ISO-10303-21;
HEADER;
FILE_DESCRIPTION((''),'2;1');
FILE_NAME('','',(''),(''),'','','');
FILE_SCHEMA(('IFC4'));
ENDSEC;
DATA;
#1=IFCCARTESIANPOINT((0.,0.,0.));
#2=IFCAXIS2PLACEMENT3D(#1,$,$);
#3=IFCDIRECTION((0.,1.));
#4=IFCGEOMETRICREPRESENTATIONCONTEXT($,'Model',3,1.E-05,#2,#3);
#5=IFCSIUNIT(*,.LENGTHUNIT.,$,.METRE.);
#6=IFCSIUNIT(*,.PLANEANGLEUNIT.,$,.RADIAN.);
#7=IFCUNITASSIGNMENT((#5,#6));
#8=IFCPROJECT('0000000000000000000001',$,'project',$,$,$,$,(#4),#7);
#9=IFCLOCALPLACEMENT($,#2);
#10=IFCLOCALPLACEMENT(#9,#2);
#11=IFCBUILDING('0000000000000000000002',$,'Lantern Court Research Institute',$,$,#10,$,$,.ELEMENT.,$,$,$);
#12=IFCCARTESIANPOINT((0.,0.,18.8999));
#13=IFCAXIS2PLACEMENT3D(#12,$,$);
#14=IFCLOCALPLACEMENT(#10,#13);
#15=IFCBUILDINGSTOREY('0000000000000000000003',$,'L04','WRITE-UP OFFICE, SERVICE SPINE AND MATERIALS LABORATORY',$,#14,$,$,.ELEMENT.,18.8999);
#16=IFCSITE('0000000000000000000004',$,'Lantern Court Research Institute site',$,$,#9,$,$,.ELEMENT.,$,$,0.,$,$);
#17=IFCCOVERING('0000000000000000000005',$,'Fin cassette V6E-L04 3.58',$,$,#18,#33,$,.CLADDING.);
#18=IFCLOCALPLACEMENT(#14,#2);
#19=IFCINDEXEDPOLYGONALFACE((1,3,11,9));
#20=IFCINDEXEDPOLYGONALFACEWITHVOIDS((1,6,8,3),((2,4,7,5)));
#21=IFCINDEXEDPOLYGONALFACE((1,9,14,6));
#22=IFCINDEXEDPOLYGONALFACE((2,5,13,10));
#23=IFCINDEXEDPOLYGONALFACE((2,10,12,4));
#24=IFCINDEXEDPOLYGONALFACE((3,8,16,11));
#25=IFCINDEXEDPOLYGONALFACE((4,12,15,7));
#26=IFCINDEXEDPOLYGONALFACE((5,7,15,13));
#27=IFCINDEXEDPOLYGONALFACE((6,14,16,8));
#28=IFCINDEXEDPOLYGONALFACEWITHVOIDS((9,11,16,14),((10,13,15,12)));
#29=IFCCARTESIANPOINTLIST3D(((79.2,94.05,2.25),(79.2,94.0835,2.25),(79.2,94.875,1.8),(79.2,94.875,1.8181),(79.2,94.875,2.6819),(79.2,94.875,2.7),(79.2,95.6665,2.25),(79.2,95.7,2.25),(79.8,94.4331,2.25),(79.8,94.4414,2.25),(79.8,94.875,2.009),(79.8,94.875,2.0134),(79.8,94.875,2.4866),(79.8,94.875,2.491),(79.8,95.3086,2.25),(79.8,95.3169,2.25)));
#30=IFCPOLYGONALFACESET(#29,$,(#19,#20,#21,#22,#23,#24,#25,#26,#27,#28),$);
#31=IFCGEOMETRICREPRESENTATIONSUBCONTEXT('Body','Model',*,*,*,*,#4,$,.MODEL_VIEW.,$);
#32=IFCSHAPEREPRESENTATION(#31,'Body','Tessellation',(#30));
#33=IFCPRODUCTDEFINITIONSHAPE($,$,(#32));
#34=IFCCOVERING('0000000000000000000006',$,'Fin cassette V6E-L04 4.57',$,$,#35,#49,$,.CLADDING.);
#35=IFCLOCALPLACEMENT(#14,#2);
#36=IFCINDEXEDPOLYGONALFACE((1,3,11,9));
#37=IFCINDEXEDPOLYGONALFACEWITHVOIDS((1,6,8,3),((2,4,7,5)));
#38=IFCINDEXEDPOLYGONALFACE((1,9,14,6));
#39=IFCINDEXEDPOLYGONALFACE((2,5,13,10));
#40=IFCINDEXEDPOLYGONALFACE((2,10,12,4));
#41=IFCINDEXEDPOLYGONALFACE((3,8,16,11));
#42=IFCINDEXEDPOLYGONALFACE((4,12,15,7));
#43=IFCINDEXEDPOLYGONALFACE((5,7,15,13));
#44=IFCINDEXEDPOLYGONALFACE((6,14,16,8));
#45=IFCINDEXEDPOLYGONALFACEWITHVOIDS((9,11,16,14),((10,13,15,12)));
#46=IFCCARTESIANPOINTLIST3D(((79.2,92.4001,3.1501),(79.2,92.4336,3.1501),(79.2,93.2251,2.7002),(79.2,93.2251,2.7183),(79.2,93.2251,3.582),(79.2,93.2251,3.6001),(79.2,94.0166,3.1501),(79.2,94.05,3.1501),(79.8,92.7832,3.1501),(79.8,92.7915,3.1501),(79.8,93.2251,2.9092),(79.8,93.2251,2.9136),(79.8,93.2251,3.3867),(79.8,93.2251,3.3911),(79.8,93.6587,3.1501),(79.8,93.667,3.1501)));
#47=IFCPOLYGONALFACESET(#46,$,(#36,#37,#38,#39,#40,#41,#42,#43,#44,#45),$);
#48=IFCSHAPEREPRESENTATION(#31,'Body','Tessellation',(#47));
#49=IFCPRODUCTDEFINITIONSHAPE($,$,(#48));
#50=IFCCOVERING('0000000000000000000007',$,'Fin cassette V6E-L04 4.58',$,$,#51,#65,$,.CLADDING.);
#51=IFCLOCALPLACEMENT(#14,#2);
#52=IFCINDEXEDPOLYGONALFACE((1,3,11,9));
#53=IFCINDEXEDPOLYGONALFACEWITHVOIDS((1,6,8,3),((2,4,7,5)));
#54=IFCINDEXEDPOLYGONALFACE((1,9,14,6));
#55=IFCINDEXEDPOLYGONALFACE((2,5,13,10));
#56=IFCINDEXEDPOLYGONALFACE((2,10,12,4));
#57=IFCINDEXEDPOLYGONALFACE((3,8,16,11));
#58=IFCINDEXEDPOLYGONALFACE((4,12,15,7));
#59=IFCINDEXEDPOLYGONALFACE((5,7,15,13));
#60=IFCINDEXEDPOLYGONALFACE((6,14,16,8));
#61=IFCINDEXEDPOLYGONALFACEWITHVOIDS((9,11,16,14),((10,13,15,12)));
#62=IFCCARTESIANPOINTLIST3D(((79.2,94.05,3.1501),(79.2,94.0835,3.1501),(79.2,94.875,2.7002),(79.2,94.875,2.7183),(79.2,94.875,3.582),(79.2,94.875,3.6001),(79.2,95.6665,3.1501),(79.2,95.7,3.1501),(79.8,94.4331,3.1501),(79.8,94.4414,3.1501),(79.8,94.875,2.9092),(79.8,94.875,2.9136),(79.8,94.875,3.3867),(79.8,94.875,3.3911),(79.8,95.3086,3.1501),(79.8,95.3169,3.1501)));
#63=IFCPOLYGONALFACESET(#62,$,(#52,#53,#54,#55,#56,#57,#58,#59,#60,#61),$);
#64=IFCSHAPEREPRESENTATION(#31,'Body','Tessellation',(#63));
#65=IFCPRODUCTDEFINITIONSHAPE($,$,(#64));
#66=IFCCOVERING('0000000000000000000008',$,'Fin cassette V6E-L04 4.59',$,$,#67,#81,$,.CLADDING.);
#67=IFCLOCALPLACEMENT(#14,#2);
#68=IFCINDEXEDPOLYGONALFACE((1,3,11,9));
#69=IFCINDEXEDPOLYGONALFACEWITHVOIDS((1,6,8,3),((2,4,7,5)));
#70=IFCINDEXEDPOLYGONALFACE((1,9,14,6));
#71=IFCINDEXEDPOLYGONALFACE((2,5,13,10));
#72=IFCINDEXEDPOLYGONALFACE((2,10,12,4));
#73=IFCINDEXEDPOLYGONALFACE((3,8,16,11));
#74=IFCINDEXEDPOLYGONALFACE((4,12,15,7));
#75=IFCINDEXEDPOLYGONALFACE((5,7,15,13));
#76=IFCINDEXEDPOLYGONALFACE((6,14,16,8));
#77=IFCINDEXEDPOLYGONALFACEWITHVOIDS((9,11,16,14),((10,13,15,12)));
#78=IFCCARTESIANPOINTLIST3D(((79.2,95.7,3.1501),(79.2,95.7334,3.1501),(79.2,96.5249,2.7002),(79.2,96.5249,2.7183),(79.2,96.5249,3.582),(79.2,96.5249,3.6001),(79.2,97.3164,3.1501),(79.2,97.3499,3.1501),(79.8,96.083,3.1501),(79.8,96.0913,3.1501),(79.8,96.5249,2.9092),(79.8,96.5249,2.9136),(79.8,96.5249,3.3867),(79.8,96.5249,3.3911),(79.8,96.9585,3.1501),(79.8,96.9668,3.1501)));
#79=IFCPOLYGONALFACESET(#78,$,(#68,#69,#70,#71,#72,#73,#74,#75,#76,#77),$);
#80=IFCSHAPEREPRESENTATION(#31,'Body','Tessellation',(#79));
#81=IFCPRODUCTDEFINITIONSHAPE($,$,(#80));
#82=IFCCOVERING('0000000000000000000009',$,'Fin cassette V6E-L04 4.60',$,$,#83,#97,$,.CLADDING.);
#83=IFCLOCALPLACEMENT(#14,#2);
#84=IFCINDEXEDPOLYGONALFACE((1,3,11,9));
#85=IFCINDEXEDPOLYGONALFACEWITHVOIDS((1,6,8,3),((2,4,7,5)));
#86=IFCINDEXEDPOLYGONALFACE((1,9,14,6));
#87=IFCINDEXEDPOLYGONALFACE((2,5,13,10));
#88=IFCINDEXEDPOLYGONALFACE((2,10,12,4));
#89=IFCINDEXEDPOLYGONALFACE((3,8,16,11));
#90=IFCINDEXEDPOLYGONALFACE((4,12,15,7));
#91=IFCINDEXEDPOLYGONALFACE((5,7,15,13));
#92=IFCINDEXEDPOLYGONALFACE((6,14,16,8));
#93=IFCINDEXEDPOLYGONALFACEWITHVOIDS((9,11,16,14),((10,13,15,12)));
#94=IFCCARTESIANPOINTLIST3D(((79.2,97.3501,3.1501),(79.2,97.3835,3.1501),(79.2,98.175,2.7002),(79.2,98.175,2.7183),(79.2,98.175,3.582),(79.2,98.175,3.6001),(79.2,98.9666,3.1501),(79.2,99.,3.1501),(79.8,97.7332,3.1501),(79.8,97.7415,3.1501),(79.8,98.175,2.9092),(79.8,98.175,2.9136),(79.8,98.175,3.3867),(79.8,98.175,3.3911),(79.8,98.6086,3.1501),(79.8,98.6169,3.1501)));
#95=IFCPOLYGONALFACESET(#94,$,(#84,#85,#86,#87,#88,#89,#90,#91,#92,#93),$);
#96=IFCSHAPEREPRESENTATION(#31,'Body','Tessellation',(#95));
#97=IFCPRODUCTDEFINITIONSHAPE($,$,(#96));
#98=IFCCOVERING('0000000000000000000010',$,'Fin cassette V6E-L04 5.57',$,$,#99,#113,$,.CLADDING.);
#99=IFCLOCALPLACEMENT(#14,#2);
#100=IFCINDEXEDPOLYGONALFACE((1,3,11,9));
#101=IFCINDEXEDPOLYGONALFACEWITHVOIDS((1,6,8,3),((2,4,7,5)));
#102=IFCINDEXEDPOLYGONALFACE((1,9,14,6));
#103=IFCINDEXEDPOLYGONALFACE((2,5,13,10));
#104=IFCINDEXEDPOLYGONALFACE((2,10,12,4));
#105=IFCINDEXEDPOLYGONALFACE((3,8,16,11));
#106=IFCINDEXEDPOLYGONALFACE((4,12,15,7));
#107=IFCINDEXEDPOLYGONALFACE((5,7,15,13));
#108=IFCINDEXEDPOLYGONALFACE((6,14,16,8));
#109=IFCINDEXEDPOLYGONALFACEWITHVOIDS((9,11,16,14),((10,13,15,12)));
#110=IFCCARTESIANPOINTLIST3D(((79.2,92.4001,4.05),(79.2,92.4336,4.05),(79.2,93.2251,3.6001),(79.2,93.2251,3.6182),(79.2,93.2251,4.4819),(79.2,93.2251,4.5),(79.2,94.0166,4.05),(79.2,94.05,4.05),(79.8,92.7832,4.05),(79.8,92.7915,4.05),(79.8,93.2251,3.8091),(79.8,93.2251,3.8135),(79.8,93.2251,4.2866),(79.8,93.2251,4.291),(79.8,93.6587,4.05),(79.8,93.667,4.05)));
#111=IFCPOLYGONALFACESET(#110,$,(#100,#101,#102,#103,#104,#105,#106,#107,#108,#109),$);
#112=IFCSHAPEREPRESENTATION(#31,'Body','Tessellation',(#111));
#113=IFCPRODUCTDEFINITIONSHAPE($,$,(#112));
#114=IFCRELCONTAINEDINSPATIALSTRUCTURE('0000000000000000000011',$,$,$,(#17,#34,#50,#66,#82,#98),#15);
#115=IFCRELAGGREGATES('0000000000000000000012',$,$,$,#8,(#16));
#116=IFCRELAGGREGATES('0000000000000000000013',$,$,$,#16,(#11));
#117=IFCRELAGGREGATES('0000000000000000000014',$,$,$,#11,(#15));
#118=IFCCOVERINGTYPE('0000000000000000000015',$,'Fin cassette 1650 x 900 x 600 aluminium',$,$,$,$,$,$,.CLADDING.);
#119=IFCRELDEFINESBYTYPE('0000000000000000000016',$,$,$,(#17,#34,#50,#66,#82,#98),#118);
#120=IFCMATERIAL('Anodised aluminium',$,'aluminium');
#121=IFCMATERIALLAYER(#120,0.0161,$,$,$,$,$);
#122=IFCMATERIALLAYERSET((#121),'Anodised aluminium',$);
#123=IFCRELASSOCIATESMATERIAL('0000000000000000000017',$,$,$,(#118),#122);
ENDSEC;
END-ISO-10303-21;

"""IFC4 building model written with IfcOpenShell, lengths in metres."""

from ifc_helpers import new_model, entity, si_unit, direction, frame, origin, place, context, subcontext, project, spatial, material, layer, layer_set, type_object, element, save


model = new_model("IFC4")

# Units and contexts
model_context = context("Model", 3, precision=1e-05, world=origin(), true_north=direction((0.0, 1.0)))
body_context = subcontext(model_context, "Body", "Model", "MODEL_VIEW")
ifc_project = project(units=[si_unit("LENGTHUNIT", "METRE"), si_unit("PLANEANGLEUNIT", "RADIAN")], contexts=[model_context])

# Site, building, storey
site_placement = place(None, origin())
site = spatial("IfcSite", under=ifc_project, at=site_placement, Name="Lantern Court Research Institute site", CompositionType="ELEMENT", RefElevation=0.0)
building_placement = place(site_placement, origin())
building = spatial("IfcBuilding", under=site, at=building_placement, Name="Lantern Court Research Institute", CompositionType="ELEMENT")
storey_placement = place(building_placement, frame((0.0, 0.0, 18.8999)))
storey = spatial("IfcBuildingStorey", under=building, at=storey_placement, Name="L04", Description="WRITE-UP OFFICE, SERVICE SPINE AND MATERIALS LABORATORY", CompositionType="ELEMENT", Elevation=18.8999)

# Coverings
ifc_material_1 = material(Name="Anodised aluminium", Category="aluminium")
ifc_layer_1 = layer(ifc_material_1, 0.0161)
ifc_layer_set_1 = layer_set([ifc_layer_1], Name="Anodised aluminium")
covering_type = type_object("IfcCoveringType", Name="Fin cassette 1650 x 900 x 600 aluminium", PredefinedType="CLADDING", material=ifc_layer_set_1)
covering_1_placement = place(storey_placement, frame((79.2, 94.875, 2.25), z_axis=(1.0, 0.0, 0.0), x_axis=(0.0, 1.0, 0.0)))
cartesian_point_1 = entity("IfcCartesianPoint", [0.825, 0.0])
cartesian_point_2 = entity("IfcCartesianPoint", [0.7915, 0.0])
cartesian_point_3 = entity("IfcCartesianPoint", [0.4419, 0.0])
cartesian_point_4 = entity("IfcCartesianPoint", [0.4336, 0.0])
element("IfcCovering", 1, at=covering_1_placement, inside=storey, type_object=covering_type, Name="Fin cassette V6E-L04 3.58", PredefinedType="CLADDING", context=body_context, shape_type="SweptSolid", body=[
    entity("IfcExtrudedAreaSolidTapered", entity("IfcArbitraryProfileDefWithVoids", "AREA", None, entity("IfcPolyline", [cartesian_point_1, entity("IfcCartesianPoint", [0.0, 0.45]), entity("IfcCartesianPoint", [-0.825, 0.0]), entity("IfcCartesianPoint", [0.0, -0.45]), cartesian_point_1]), [entity("IfcPolyline", [cartesian_point_2, entity("IfcCartesianPoint", [0.0, 0.4319]), entity("IfcCartesianPoint", [-0.7915, 0.0]), entity("IfcCartesianPoint", [0.0, -0.4319]), cartesian_point_2])]), entity("IfcAxis2Placement3D", entity("IfcCartesianPoint", [0.0, 0.0, 0.0])), entity("IfcDirection", [0.0, 0.0, 1.0]), 0.6001, entity("IfcArbitraryProfileDefWithVoids", "AREA", None, entity("IfcPolyline", [cartesian_point_3, entity("IfcCartesianPoint", [0.0, 0.241]), entity("IfcCartesianPoint", [-0.4419, 0.0]), entity("IfcCartesianPoint", [0.0, -0.241]), cartesian_point_3]), [entity("IfcPolyline", [cartesian_point_4, entity("IfcCartesianPoint", [0.0, 0.2366]), entity("IfcCartesianPoint", [-0.4336, 0.0]), entity("IfcCartesianPoint", [0.0, -0.2366]), cartesian_point_4])])),
])
covering_2_placement = place(storey_placement, frame((79.2, 93.2251, 3.1501), z_axis=(1.0, 0.0, 0.0), x_axis=(0.0, 1.0, 0.0)))
cartesian_point_5 = entity("IfcCartesianPoint", [0.825, 0.0])
cartesian_point_6 = entity("IfcCartesianPoint", [0.7915, 0.0])
cartesian_point_7 = entity("IfcCartesianPoint", [0.4419, 0.0])
cartesian_point_8 = entity("IfcCartesianPoint", [0.4336, 0.0])
element("IfcCovering", 2, at=covering_2_placement, inside=storey, type_object=covering_type, Name="Fin cassette V6E-L04 4.57", PredefinedType="CLADDING", context=body_context, shape_type="SweptSolid", body=[
    entity("IfcExtrudedAreaSolidTapered", entity("IfcArbitraryProfileDefWithVoids", "AREA", None, entity("IfcPolyline", [cartesian_point_5, entity("IfcCartesianPoint", [0.0, 0.45]), entity("IfcCartesianPoint", [-0.825, 0.0]), entity("IfcCartesianPoint", [0.0, -0.45]), cartesian_point_5]), [entity("IfcPolyline", [cartesian_point_6, entity("IfcCartesianPoint", [0.0, 0.4319]), entity("IfcCartesianPoint", [-0.7915, 0.0]), entity("IfcCartesianPoint", [0.0, -0.4319]), cartesian_point_6])]), entity("IfcAxis2Placement3D", entity("IfcCartesianPoint", [0.0, 0.0, 0.0])), entity("IfcDirection", [0.0, 0.0, 1.0]), 0.6001, entity("IfcArbitraryProfileDefWithVoids", "AREA", None, entity("IfcPolyline", [cartesian_point_7, entity("IfcCartesianPoint", [0.0, 0.241]), entity("IfcCartesianPoint", [-0.4419, 0.0]), entity("IfcCartesianPoint", [0.0, -0.241]), cartesian_point_7]), [entity("IfcPolyline", [cartesian_point_8, entity("IfcCartesianPoint", [0.0, 0.2366]), entity("IfcCartesianPoint", [-0.4336, 0.0]), entity("IfcCartesianPoint", [0.0, -0.2366]), cartesian_point_8])])),
])
covering_3_placement = place(storey_placement, frame((79.2, 94.875, 3.1501), z_axis=(1.0, 0.0, 0.0), x_axis=(0.0, 1.0, 0.0)))
cartesian_point_9 = entity("IfcCartesianPoint", [0.825, 0.0])
cartesian_point_10 = entity("IfcCartesianPoint", [0.7915, 0.0])
cartesian_point_11 = entity("IfcCartesianPoint", [0.4419, 0.0])
cartesian_point_12 = entity("IfcCartesianPoint", [0.4336, 0.0])
element("IfcCovering", 3, at=covering_3_placement, inside=storey, type_object=covering_type, Name="Fin cassette V6E-L04 4.58", PredefinedType="CLADDING", context=body_context, shape_type="SweptSolid", body=[
    entity("IfcExtrudedAreaSolidTapered", entity("IfcArbitraryProfileDefWithVoids", "AREA", None, entity("IfcPolyline", [cartesian_point_9, entity("IfcCartesianPoint", [0.0, 0.45]), entity("IfcCartesianPoint", [-0.825, 0.0]), entity("IfcCartesianPoint", [0.0, -0.45]), cartesian_point_9]), [entity("IfcPolyline", [cartesian_point_10, entity("IfcCartesianPoint", [0.0, 0.4319]), entity("IfcCartesianPoint", [-0.7915, 0.0]), entity("IfcCartesianPoint", [0.0, -0.4319]), cartesian_point_10])]), entity("IfcAxis2Placement3D", entity("IfcCartesianPoint", [0.0, 0.0, 0.0])), entity("IfcDirection", [0.0, 0.0, 1.0]), 0.6001, entity("IfcArbitraryProfileDefWithVoids", "AREA", None, entity("IfcPolyline", [cartesian_point_11, entity("IfcCartesianPoint", [0.0, 0.241]), entity("IfcCartesianPoint", [-0.4419, 0.0]), entity("IfcCartesianPoint", [0.0, -0.241]), cartesian_point_11]), [entity("IfcPolyline", [cartesian_point_12, entity("IfcCartesianPoint", [0.0, 0.2366]), entity("IfcCartesianPoint", [-0.4336, 0.0]), entity("IfcCartesianPoint", [0.0, -0.2366]), cartesian_point_12])])),
])
covering_4_placement = place(storey_placement, frame((79.2, 96.5249, 3.1501), z_axis=(1.0, 0.0, 0.0), x_axis=(0.0, 1.0, 0.0)))
cartesian_point_13 = entity("IfcCartesianPoint", [0.825, 0.0])
cartesian_point_14 = entity("IfcCartesianPoint", [0.7915, 0.0])
cartesian_point_15 = entity("IfcCartesianPoint", [0.4419, 0.0])
cartesian_point_16 = entity("IfcCartesianPoint", [0.4336, 0.0])
element("IfcCovering", 4, at=covering_4_placement, inside=storey, type_object=covering_type, Name="Fin cassette V6E-L04 4.59", PredefinedType="CLADDING", context=body_context, shape_type="SweptSolid", body=[
    entity("IfcExtrudedAreaSolidTapered", entity("IfcArbitraryProfileDefWithVoids", "AREA", None, entity("IfcPolyline", [cartesian_point_13, entity("IfcCartesianPoint", [0.0, 0.45]), entity("IfcCartesianPoint", [-0.825, 0.0]), entity("IfcCartesianPoint", [0.0, -0.45]), cartesian_point_13]), [entity("IfcPolyline", [cartesian_point_14, entity("IfcCartesianPoint", [0.0, 0.4319]), entity("IfcCartesianPoint", [-0.7915, 0.0]), entity("IfcCartesianPoint", [0.0, -0.4319]), cartesian_point_14])]), entity("IfcAxis2Placement3D", entity("IfcCartesianPoint", [0.0, 0.0, 0.0])), entity("IfcDirection", [0.0, 0.0, 1.0]), 0.6001, entity("IfcArbitraryProfileDefWithVoids", "AREA", None, entity("IfcPolyline", [cartesian_point_15, entity("IfcCartesianPoint", [0.0, 0.241]), entity("IfcCartesianPoint", [-0.4419, 0.0]), entity("IfcCartesianPoint", [0.0, -0.241]), cartesian_point_15]), [entity("IfcPolyline", [cartesian_point_16, entity("IfcCartesianPoint", [0.0, 0.2366]), entity("IfcCartesianPoint", [-0.4336, 0.0]), entity("IfcCartesianPoint", [0.0, -0.2366]), cartesian_point_16])])),
])
covering_5_placement = place(storey_placement, frame((79.2, 98.175, 3.1501), z_axis=(1.0, 0.0, 0.0), x_axis=(0.0, 1.0, 0.0)))
cartesian_point_17 = entity("IfcCartesianPoint", [0.825, 0.0])
cartesian_point_18 = entity("IfcCartesianPoint", [0.7915, 0.0])
cartesian_point_19 = entity("IfcCartesianPoint", [0.4419, 0.0])
cartesian_point_20 = entity("IfcCartesianPoint", [0.4336, 0.0])
element("IfcCovering", 5, at=covering_5_placement, inside=storey, type_object=covering_type, Name="Fin cassette V6E-L04 4.60", PredefinedType="CLADDING", context=body_context, shape_type="SweptSolid", body=[
    entity("IfcExtrudedAreaSolidTapered", entity("IfcArbitraryProfileDefWithVoids", "AREA", None, entity("IfcPolyline", [cartesian_point_17, entity("IfcCartesianPoint", [0.0, 0.45]), entity("IfcCartesianPoint", [-0.825, 0.0]), entity("IfcCartesianPoint", [0.0, -0.45]), cartesian_point_17]), [entity("IfcPolyline", [cartesian_point_18, entity("IfcCartesianPoint", [0.0, 0.4319]), entity("IfcCartesianPoint", [-0.7915, 0.0]), entity("IfcCartesianPoint", [0.0, -0.4319]), cartesian_point_18])]), entity("IfcAxis2Placement3D", entity("IfcCartesianPoint", [0.0, 0.0, 0.0])), entity("IfcDirection", [0.0, 0.0, 1.0]), 0.6001, entity("IfcArbitraryProfileDefWithVoids", "AREA", None, entity("IfcPolyline", [cartesian_point_19, entity("IfcCartesianPoint", [0.0, 0.241]), entity("IfcCartesianPoint", [-0.4419, 0.0]), entity("IfcCartesianPoint", [0.0, -0.241]), cartesian_point_19]), [entity("IfcPolyline", [cartesian_point_20, entity("IfcCartesianPoint", [0.0, 0.2366]), entity("IfcCartesianPoint", [-0.4336, 0.0]), entity("IfcCartesianPoint", [0.0, -0.2366]), cartesian_point_20])])),
])
covering_6_placement = place(storey_placement, frame((79.2, 93.2251, 4.05), z_axis=(1.0, 0.0, 0.0), x_axis=(0.0, 1.0, 0.0)))
cartesian_point_21 = entity("IfcCartesianPoint", [0.825, 0.0])
cartesian_point_22 = entity("IfcCartesianPoint", [0.7915, 0.0])
cartesian_point_23 = entity("IfcCartesianPoint", [0.4419, 0.0])
cartesian_point_24 = entity("IfcCartesianPoint", [0.4336, 0.0])
element("IfcCovering", 6, at=covering_6_placement, inside=storey, type_object=covering_type, Name="Fin cassette V6E-L04 5.57", PredefinedType="CLADDING", context=body_context, shape_type="SweptSolid", body=[
    entity("IfcExtrudedAreaSolidTapered", entity("IfcArbitraryProfileDefWithVoids", "AREA", None, entity("IfcPolyline", [cartesian_point_21, entity("IfcCartesianPoint", [0.0, 0.45]), entity("IfcCartesianPoint", [-0.825, 0.0]), entity("IfcCartesianPoint", [0.0, -0.45]), cartesian_point_21]), [entity("IfcPolyline", [cartesian_point_22, entity("IfcCartesianPoint", [0.0, 0.4319]), entity("IfcCartesianPoint", [-0.7915, 0.0]), entity("IfcCartesianPoint", [0.0, -0.4319]), cartesian_point_22])]), entity("IfcAxis2Placement3D", entity("IfcCartesianPoint", [0.0, 0.0, 0.0])), entity("IfcDirection", [0.0, 0.0, 1.0]), 0.6001, entity("IfcArbitraryProfileDefWithVoids", "AREA", None, entity("IfcPolyline", [cartesian_point_23, entity("IfcCartesianPoint", [0.0, 0.241]), entity("IfcCartesianPoint", [-0.4419, 0.0]), entity("IfcCartesianPoint", [0.0, -0.241]), cartesian_point_23]), [entity("IfcPolyline", [cartesian_point_24, entity("IfcCartesianPoint", [0.0, 0.2366]), entity("IfcCartesianPoint", [-0.4336, 0.0]), entity("IfcCartesianPoint", [0.0, -0.2366]), cartesian_point_24])])),
])

save(model, "model.ifc")
